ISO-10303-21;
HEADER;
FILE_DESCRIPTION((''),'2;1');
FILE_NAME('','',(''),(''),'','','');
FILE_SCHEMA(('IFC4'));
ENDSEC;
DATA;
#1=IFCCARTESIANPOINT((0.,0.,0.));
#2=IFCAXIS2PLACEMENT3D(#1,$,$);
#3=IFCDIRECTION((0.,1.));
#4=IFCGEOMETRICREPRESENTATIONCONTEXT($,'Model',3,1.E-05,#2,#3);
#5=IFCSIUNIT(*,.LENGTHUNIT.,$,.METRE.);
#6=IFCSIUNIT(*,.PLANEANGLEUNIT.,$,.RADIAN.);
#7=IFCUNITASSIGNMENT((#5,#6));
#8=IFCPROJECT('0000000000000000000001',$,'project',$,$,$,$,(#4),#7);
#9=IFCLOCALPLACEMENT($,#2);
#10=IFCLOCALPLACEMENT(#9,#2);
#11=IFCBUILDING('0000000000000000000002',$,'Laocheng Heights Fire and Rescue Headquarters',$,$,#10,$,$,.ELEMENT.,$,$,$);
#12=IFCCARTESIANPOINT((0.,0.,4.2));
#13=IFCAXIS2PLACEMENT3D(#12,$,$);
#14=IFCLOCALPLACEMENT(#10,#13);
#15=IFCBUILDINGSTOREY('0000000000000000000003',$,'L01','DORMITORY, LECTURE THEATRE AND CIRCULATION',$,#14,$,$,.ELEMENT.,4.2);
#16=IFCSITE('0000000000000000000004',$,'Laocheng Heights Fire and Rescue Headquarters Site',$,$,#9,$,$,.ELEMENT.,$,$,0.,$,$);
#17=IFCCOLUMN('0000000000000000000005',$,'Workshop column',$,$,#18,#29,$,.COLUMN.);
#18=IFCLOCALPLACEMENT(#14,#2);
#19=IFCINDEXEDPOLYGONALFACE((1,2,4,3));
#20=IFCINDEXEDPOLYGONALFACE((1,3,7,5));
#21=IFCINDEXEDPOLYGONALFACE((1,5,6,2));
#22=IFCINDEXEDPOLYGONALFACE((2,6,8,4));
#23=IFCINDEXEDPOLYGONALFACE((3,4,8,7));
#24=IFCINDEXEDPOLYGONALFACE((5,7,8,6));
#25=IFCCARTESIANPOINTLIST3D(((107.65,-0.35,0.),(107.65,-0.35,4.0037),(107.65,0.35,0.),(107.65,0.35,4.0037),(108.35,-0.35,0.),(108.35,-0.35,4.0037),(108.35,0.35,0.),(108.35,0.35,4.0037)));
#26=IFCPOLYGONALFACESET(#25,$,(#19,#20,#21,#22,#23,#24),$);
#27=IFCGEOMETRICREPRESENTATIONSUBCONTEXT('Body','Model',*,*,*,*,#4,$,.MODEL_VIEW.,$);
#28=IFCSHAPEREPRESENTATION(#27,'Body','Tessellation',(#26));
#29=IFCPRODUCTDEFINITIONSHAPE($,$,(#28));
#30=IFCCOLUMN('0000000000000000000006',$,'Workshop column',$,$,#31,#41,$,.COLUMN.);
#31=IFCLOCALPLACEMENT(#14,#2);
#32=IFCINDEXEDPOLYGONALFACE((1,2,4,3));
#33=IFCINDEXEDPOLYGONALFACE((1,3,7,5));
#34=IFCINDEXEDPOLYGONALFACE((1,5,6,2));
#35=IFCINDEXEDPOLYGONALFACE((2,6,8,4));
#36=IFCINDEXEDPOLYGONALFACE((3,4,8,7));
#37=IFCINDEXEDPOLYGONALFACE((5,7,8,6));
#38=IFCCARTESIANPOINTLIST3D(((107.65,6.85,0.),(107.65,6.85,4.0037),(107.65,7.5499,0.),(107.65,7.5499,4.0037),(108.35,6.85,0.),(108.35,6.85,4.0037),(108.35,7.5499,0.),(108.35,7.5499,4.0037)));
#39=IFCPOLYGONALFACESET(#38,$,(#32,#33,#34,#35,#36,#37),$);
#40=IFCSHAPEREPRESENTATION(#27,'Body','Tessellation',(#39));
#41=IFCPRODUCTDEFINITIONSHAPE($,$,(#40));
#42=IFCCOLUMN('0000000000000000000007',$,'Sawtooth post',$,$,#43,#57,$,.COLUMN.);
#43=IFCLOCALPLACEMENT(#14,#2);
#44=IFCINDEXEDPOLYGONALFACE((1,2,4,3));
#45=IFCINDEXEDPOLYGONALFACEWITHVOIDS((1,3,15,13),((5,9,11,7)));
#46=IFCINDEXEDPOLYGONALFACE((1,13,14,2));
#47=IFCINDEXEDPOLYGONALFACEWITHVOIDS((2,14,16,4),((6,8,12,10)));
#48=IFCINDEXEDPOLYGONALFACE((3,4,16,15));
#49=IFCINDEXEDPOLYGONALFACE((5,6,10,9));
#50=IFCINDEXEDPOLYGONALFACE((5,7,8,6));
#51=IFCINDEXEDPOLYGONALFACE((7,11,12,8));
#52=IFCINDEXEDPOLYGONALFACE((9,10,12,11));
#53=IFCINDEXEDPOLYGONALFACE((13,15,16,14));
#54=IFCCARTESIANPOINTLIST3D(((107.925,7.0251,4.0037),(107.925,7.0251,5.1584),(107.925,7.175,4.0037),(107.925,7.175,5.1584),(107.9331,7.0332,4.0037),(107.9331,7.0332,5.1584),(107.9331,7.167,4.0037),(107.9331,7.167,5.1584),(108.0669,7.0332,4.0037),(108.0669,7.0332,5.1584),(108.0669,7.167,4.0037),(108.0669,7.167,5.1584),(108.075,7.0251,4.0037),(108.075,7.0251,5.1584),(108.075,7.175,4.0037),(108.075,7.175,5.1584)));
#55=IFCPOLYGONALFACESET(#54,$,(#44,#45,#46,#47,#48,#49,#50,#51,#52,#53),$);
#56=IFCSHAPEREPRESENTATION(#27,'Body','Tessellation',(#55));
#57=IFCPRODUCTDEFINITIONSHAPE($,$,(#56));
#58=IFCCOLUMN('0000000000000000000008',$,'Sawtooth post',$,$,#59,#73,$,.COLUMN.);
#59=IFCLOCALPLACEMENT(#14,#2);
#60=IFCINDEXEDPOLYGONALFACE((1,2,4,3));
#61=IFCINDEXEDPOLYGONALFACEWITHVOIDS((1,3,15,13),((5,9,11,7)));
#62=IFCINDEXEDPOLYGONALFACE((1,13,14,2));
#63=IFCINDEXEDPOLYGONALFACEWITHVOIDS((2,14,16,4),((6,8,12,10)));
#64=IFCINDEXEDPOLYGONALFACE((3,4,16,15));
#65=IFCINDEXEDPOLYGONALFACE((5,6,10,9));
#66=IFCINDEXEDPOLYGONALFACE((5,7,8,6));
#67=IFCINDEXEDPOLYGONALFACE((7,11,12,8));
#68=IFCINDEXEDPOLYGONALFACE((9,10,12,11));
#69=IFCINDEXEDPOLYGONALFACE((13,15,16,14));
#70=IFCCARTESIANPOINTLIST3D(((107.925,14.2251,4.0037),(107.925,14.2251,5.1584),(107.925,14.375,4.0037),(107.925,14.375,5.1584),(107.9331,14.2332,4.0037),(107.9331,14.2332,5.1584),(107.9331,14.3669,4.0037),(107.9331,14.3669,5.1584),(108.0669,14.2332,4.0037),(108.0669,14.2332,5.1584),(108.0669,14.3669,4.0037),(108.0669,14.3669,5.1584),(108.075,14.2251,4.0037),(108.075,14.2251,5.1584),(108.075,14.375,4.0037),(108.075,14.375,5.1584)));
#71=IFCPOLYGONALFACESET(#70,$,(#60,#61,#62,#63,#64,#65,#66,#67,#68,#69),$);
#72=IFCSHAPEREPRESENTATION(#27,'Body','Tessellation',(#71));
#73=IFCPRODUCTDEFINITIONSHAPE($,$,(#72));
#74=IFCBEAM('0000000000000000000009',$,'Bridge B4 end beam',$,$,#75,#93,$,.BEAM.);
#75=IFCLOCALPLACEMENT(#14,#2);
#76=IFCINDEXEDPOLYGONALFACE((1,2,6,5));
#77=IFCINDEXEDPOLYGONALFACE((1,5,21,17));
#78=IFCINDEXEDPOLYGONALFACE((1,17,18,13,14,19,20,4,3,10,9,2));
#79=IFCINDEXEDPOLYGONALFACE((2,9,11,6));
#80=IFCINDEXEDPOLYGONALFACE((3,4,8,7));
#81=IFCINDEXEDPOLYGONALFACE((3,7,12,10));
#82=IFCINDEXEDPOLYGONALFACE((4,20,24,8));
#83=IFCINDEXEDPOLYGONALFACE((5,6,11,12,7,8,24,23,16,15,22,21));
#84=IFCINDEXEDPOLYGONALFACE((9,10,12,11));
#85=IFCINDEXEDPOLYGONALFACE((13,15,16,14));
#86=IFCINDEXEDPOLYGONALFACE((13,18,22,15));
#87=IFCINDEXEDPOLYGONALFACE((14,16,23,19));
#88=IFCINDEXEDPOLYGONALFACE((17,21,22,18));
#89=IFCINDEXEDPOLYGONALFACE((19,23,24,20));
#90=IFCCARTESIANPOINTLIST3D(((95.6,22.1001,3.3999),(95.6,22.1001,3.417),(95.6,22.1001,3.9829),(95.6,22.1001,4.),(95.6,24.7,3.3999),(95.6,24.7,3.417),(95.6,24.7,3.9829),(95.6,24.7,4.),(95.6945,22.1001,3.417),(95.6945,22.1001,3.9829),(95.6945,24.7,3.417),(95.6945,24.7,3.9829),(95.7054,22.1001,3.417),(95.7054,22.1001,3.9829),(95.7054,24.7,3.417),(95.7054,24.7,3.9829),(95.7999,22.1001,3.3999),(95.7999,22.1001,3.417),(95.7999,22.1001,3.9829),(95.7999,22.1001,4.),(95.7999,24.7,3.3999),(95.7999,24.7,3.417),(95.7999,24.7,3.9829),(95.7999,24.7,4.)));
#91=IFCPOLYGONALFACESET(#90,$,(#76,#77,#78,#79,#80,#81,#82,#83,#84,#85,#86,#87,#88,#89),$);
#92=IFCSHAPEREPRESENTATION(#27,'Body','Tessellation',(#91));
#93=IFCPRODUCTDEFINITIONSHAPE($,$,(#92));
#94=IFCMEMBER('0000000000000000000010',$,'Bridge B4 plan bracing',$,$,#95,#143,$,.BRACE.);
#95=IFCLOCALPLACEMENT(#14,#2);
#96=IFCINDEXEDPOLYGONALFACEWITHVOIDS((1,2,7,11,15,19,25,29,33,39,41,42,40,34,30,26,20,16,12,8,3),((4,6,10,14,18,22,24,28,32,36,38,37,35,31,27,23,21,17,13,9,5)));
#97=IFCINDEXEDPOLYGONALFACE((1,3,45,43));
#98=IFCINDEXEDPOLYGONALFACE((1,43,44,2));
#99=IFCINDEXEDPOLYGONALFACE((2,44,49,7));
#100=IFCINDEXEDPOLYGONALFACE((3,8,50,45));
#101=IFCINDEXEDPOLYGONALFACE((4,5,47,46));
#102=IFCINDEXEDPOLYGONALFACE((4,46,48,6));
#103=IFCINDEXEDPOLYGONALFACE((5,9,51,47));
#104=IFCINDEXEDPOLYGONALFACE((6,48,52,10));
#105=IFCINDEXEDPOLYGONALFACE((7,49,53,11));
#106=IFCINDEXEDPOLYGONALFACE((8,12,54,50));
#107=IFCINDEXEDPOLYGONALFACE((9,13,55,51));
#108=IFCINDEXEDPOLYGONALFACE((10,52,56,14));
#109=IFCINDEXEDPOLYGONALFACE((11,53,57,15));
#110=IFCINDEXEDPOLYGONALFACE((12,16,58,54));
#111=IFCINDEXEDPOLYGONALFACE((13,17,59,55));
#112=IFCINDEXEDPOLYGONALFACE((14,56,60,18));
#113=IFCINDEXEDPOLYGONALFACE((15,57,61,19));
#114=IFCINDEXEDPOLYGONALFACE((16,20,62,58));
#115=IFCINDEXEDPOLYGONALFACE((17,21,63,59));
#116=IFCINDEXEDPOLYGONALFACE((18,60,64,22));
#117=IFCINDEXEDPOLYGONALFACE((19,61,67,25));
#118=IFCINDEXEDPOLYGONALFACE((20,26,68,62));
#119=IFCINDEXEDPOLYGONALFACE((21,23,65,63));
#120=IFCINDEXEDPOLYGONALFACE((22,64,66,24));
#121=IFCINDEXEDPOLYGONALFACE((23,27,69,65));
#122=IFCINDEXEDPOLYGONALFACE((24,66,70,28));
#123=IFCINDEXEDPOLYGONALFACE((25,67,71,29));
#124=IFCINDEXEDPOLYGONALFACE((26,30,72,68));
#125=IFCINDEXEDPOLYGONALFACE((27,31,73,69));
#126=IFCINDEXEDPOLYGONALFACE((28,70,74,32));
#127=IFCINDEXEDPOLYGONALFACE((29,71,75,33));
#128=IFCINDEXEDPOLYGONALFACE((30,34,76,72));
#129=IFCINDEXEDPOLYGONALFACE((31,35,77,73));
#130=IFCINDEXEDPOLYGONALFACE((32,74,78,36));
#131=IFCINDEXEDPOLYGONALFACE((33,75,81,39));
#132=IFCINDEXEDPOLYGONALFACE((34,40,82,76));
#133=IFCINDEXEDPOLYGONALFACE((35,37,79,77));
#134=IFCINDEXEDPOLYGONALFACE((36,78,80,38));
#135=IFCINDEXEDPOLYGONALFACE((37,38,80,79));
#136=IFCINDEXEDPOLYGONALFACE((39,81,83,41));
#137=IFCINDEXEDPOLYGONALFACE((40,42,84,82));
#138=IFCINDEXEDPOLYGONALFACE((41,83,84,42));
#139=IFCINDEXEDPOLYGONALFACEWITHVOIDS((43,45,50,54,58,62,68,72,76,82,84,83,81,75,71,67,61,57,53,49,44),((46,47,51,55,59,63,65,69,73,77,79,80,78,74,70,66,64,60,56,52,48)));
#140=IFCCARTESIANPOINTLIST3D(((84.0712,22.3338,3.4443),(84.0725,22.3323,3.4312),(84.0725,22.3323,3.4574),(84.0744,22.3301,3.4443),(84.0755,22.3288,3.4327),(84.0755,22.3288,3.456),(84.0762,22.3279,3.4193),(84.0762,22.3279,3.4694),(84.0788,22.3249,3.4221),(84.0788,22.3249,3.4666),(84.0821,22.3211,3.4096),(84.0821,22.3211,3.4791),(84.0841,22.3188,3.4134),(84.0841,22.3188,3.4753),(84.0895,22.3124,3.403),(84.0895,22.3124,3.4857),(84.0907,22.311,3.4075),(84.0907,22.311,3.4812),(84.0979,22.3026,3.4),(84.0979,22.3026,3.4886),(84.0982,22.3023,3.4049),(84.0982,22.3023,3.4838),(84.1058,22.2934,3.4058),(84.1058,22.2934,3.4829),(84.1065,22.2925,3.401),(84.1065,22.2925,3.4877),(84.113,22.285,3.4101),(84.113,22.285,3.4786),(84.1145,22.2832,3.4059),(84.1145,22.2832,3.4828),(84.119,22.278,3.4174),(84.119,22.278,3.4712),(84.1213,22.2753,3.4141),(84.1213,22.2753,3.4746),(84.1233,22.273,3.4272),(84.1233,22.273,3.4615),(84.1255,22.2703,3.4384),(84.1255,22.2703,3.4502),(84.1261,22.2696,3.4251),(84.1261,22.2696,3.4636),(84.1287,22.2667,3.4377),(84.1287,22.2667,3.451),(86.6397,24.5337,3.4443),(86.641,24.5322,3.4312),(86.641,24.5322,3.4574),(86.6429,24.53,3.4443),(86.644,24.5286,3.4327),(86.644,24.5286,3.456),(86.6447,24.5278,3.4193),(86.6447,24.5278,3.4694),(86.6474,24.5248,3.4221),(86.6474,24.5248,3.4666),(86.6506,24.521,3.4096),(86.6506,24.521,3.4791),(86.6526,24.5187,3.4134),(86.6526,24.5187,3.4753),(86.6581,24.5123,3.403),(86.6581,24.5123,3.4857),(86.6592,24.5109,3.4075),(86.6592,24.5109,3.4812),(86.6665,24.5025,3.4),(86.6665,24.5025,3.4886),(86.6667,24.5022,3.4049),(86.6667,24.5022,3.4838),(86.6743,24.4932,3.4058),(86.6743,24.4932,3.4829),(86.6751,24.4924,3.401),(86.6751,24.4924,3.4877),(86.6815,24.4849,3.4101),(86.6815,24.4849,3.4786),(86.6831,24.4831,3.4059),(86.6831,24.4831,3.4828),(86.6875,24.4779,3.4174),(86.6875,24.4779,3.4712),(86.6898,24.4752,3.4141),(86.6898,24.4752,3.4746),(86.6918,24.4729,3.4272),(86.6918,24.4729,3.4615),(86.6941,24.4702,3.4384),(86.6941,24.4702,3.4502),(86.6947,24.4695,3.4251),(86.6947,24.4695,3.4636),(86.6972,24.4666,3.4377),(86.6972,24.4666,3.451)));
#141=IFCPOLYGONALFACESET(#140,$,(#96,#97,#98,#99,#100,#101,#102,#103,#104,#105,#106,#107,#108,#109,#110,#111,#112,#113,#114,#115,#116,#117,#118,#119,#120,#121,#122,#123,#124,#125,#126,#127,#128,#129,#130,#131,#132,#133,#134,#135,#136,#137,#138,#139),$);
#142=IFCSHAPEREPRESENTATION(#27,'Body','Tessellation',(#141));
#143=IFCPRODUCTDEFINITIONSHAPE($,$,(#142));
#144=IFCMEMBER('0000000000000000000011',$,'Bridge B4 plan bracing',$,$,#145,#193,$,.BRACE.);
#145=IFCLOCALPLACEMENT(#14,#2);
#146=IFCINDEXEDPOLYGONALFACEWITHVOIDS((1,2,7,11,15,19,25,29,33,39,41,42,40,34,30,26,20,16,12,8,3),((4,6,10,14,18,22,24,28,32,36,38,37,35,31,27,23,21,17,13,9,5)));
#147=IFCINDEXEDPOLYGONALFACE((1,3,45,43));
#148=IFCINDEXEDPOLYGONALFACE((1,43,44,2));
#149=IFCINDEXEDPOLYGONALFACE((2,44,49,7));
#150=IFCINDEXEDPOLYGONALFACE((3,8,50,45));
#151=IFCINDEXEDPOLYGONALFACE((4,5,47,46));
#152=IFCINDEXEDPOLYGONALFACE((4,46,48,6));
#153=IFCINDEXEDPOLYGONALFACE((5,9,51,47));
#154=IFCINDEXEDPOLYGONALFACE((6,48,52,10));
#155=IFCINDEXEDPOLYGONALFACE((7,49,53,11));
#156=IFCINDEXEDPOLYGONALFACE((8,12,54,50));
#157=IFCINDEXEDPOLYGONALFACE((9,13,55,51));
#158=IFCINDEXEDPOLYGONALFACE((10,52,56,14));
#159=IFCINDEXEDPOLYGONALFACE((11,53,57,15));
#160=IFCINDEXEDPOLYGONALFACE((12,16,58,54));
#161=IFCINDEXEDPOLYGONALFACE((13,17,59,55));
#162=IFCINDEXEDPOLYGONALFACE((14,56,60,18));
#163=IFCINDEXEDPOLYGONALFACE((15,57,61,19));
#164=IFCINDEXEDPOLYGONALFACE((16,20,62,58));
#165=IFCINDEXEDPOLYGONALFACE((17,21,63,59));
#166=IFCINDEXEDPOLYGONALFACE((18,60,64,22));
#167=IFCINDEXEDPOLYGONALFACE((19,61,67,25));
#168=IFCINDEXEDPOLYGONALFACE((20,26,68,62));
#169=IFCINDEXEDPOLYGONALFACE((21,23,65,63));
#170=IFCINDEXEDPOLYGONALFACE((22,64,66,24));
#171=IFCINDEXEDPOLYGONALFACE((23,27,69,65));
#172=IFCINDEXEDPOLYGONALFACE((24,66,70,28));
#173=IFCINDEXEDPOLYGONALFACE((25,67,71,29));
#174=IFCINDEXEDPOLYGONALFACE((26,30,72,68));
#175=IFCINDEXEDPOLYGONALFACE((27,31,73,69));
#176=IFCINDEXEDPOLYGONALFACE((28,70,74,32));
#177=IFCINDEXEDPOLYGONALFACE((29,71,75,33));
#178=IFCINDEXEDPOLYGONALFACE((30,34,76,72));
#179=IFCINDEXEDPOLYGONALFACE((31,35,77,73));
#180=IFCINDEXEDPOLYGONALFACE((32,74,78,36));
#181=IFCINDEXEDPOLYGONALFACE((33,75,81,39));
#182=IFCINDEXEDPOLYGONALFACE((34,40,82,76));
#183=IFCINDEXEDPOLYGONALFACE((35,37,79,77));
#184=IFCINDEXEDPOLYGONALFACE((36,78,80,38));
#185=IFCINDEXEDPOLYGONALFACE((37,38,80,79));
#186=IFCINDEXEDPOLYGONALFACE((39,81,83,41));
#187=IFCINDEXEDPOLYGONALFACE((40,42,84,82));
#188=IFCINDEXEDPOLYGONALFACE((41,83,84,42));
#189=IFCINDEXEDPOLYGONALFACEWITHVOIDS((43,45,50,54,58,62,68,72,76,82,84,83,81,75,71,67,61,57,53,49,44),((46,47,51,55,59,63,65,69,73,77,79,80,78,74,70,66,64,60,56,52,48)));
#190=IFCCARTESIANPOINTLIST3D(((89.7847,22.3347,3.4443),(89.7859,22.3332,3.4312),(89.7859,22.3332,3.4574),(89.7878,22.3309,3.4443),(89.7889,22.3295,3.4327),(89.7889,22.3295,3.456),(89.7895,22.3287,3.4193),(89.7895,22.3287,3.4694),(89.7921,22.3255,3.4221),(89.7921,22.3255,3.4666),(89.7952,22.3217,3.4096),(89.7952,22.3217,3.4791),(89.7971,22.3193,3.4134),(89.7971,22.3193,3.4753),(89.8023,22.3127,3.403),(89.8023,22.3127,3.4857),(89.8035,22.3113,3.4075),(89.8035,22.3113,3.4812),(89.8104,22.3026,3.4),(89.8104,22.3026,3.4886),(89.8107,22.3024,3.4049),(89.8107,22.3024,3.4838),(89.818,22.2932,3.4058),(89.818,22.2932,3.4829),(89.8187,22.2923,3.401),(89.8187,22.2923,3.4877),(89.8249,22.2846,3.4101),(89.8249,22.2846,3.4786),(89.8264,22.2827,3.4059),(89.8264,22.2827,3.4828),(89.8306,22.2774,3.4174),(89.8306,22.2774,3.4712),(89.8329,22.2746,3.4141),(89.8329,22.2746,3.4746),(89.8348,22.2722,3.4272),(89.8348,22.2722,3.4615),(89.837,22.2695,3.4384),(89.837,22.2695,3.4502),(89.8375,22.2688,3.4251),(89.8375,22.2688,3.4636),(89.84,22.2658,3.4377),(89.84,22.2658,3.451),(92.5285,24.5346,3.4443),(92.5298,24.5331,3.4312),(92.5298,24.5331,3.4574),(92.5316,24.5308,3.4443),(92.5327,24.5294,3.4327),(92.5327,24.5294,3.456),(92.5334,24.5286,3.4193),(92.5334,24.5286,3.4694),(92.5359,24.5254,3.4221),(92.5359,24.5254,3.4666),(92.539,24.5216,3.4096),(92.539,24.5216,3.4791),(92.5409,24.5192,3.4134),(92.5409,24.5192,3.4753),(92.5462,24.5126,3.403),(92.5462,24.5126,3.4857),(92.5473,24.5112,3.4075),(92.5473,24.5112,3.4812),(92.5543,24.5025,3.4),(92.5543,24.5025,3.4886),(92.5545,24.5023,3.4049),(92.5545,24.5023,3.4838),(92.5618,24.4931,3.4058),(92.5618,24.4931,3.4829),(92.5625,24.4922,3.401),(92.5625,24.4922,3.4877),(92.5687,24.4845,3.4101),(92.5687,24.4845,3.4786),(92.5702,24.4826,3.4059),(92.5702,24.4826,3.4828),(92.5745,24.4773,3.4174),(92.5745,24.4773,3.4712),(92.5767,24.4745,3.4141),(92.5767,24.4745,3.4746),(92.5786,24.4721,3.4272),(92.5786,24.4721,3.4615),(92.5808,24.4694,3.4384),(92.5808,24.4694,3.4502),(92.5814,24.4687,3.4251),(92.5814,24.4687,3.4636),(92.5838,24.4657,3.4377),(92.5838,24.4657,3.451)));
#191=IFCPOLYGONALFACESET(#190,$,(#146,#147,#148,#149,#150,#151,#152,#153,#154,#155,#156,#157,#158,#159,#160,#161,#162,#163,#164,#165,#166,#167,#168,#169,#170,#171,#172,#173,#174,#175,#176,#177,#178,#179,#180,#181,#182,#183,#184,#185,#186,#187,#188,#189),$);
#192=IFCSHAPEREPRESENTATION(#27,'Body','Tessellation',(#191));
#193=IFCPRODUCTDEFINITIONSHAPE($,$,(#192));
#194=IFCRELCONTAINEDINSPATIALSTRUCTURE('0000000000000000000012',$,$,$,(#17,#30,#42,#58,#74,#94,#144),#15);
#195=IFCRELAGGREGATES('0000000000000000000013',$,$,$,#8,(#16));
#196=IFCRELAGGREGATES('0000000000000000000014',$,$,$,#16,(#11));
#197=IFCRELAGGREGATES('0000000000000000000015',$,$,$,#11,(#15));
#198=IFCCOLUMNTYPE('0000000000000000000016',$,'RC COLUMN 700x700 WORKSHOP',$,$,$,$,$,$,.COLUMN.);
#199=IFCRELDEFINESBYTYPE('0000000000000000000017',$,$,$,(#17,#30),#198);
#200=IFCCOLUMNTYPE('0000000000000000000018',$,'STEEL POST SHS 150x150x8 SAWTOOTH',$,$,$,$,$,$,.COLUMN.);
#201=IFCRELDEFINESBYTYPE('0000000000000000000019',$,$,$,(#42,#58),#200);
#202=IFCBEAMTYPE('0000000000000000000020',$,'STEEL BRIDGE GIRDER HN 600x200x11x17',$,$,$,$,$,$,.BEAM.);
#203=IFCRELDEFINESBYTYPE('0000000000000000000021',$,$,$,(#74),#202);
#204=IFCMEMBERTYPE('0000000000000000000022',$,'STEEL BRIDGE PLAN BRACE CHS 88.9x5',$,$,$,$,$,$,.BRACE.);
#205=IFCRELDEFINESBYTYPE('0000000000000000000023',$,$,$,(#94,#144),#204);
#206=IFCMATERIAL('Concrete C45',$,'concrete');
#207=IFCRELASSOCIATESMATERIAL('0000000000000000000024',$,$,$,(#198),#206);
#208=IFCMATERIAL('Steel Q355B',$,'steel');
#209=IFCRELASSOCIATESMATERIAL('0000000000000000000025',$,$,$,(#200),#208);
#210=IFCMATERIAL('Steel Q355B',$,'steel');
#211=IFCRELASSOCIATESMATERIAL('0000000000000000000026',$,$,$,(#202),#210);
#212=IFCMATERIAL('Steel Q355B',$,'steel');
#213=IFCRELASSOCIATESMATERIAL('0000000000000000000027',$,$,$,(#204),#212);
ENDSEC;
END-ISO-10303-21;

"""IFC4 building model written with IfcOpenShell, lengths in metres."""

from ifc_helpers import new_model, si_unit, direction, frame, origin, origin_2d, place, context, subcontext, project, spatial, rectangle, hollow_rectangle, hollow_circle, i_section, extrude, material, material_profile, profile_set, type_object, element, save


model = new_model("IFC4")

# Units and contexts
model_context = context("Model", 3, precision=1e-05, world=origin(), true_north=direction((0.0, 1.0)))
body_context = subcontext(model_context, "Body", "Model", "MODEL_VIEW")
ifc_project = project(units=[si_unit("LENGTHUNIT", "METRE"), si_unit("PLANEANGLEUNIT", "RADIAN")], contexts=[model_context])

# Site, building, storey
site_placement = place(None, origin())
site = spatial("IfcSite", under=ifc_project, at=site_placement, Name="Laocheng Heights Fire and Rescue Headquarters Site", CompositionType="ELEMENT", RefElevation=0.0)
building_placement = place(site_placement, origin())
building = spatial("IfcBuilding", under=site, at=building_placement, Name="Laocheng Heights Fire and Rescue Headquarters", CompositionType="ELEMENT")
storey_placement = place(building_placement, frame((0.0, 0.0, 4.2)))
storey = spatial("IfcBuildingStorey", under=building, at=storey_placement, Name="L01", Description="DORMITORY, LECTURE THEATRE AND CIRCULATION", CompositionType="ELEMENT", Elevation=4.2)

# Columns
ifc_material_1 = material(Name="Concrete C45", Category="concrete")
ifc_material_profile_1 = material_profile(ifc_material_1, rectangle(XDim=0.7, YDim=0.7, at=origin_2d()), Name="RC COLUMN 700x700 WORKSHOP")
ifc_profile_set_1 = profile_set([ifc_material_profile_1], Name="Concrete C45")
column_type_1 = type_object("IfcColumnType", Name="RC COLUMN 700x700 WORKSHOP", PredefinedType="COLUMN", material=ifc_profile_set_1)
for number, where, z_axis, x_axis, name in (
    (1, (108.0, 0.0, 0.0), (0.0, 0.0, 1.0), (1.0, 0.0, 0.0), "Workshop column"),
    (2, (108.0, 7.2, 0.0), (0.0, 0.0, 1.0), (1.0, 0.0, 0.0), "Workshop column"),
):
    element("IfcColumn", number, at=place(storey_placement, frame(where, z_axis=z_axis, x_axis=x_axis)), inside=storey, type_object=column_type_1, Name=name, PredefinedType="COLUMN", context=body_context, shape_type="SweptSolid", body=[
        extrude(rectangle(XDim=0.7, YDim=0.7, at=origin_2d()), origin(), (0.0, 0.0, 1.0), 4.0037),
    ])
ifc_material_2 = material(Name="Steel Q355B", Category="steel")
ifc_material_profile_2 = material_profile(ifc_material_2, hollow_rectangle(XDim=0.1499, YDim=0.1499, WallThickness=0.0081, at=origin_2d()), Name="SHS 150x150x8")
ifc_profile_set_2 = profile_set([ifc_material_profile_2], Name="Steel Q355B")
column_type_2 = type_object("IfcColumnType", Name="STEEL POST SHS 150x150x8 SAWTOOTH", PredefinedType="COLUMN", material=ifc_profile_set_2)
for number, where, z_axis, x_axis, name in (
    (3, (108.0, 7.1001, 4.0037), (0.0, 0.0, 1.0), (1.0, 0.0, 0.0), "Sawtooth post"),
    (4, (108.0, 14.3, 4.0037), (0.0, 0.0, 1.0), (1.0, 0.0, 0.0), "Sawtooth post"),
):
    element("IfcColumn", number, at=place(storey_placement, frame(where, z_axis=z_axis, x_axis=x_axis)), inside=storey, type_object=column_type_2, Name=name, PredefinedType="COLUMN", context=body_context, shape_type="SweptSolid", body=[
        extrude(hollow_rectangle(XDim=0.1499, YDim=0.1499, WallThickness=0.0081, at=origin_2d()), origin(), (0.0, 0.0, 1.0), 1.1548),
    ])

# Beam
ifc_material_3 = material(Name="Steel Q355B", Category="steel")
ifc_material_profile_3 = material_profile(ifc_material_3, i_section(OverallWidth=0.2, OverallDepth=0.6001, WebThickness=0.011, FlangeThickness=0.0171, at=origin_2d()), Name="HN 600x200x11x17")
ifc_profile_set_3 = profile_set([ifc_material_profile_3], Name="Steel Q355B")
beam_type_1 = type_object("IfcBeamType", Name="STEEL BRIDGE GIRDER HN 600x200x11x17", PredefinedType="BEAM", material=ifc_profile_set_3)
beam_placement = place(storey_placement, frame((95.7, 22.1001, 3.7), z_axis=(0.0, 1.0, 0.0), x_axis=(-1.0, 0.0, 0.0)))
element("IfcBeam", 5, at=beam_placement, inside=storey, type_object=beam_type_1, Name="Bridge B4 end beam", PredefinedType="BEAM", context=body_context, shape_type="SweptSolid", body=[
    extrude(i_section(OverallWidth=0.2, OverallDepth=0.6001, WebThickness=0.011, FlangeThickness=0.0171, at=origin_2d()), origin(), (0.0, 0.0, 1.0), 2.5999),
])

# Members
ifc_material_4 = material(Name="Steel Q355B", Category="steel")
ifc_material_profile_4 = material_profile(ifc_material_4, hollow_circle(Radius=0.0444, WallThickness=0.0049, at=origin_2d()), Name="CHS 88.9x5")
ifc_profile_set_4 = profile_set([ifc_material_profile_4], Name="Steel Q355B")
member_type_1 = type_object("IfcMemberType", Name="STEEL BRIDGE PLAN BRACE CHS 88.9x5", PredefinedType="BRACE", material=ifc_profile_set_4)
member_1_placement = place(storey_placement, frame((84.1001, 22.3, 3.4443), z_axis=(0.759506, 0.6505, 0.0), x_axis=(-0.6505, 0.759506, 0.0)))
element("IfcMember", 6, at=member_1_placement, inside=storey, type_object=member_type_1, Name="Bridge B4 plan bracing", PredefinedType="BRACE", context=body_context, shape_type="SweptSolid", body=[
    extrude(hollow_circle(Radius=0.0444, WallThickness=0.0049, at=origin_2d()), origin(), (0.0, 0.0, 1.0), 3.3818),
])
member_2_placement = place(storey_placement, frame((89.8125, 22.3, 3.4443), z_axis=(0.780198, 0.625533, 0.0), x_axis=(-0.625533, 0.780198, 0.0)))
element("IfcMember", 7, at=member_2_placement, inside=storey, type_object=member_type_1, Name="Bridge B4 plan bracing", PredefinedType="BRACE", context=body_context, shape_type="SweptSolid", body=[
    extrude(hollow_circle(Radius=0.0444, WallThickness=0.0049, at=origin_2d()), origin(), (0.0, 0.0, 1.0), 3.5168),
])

save(model, "model.ifc")
